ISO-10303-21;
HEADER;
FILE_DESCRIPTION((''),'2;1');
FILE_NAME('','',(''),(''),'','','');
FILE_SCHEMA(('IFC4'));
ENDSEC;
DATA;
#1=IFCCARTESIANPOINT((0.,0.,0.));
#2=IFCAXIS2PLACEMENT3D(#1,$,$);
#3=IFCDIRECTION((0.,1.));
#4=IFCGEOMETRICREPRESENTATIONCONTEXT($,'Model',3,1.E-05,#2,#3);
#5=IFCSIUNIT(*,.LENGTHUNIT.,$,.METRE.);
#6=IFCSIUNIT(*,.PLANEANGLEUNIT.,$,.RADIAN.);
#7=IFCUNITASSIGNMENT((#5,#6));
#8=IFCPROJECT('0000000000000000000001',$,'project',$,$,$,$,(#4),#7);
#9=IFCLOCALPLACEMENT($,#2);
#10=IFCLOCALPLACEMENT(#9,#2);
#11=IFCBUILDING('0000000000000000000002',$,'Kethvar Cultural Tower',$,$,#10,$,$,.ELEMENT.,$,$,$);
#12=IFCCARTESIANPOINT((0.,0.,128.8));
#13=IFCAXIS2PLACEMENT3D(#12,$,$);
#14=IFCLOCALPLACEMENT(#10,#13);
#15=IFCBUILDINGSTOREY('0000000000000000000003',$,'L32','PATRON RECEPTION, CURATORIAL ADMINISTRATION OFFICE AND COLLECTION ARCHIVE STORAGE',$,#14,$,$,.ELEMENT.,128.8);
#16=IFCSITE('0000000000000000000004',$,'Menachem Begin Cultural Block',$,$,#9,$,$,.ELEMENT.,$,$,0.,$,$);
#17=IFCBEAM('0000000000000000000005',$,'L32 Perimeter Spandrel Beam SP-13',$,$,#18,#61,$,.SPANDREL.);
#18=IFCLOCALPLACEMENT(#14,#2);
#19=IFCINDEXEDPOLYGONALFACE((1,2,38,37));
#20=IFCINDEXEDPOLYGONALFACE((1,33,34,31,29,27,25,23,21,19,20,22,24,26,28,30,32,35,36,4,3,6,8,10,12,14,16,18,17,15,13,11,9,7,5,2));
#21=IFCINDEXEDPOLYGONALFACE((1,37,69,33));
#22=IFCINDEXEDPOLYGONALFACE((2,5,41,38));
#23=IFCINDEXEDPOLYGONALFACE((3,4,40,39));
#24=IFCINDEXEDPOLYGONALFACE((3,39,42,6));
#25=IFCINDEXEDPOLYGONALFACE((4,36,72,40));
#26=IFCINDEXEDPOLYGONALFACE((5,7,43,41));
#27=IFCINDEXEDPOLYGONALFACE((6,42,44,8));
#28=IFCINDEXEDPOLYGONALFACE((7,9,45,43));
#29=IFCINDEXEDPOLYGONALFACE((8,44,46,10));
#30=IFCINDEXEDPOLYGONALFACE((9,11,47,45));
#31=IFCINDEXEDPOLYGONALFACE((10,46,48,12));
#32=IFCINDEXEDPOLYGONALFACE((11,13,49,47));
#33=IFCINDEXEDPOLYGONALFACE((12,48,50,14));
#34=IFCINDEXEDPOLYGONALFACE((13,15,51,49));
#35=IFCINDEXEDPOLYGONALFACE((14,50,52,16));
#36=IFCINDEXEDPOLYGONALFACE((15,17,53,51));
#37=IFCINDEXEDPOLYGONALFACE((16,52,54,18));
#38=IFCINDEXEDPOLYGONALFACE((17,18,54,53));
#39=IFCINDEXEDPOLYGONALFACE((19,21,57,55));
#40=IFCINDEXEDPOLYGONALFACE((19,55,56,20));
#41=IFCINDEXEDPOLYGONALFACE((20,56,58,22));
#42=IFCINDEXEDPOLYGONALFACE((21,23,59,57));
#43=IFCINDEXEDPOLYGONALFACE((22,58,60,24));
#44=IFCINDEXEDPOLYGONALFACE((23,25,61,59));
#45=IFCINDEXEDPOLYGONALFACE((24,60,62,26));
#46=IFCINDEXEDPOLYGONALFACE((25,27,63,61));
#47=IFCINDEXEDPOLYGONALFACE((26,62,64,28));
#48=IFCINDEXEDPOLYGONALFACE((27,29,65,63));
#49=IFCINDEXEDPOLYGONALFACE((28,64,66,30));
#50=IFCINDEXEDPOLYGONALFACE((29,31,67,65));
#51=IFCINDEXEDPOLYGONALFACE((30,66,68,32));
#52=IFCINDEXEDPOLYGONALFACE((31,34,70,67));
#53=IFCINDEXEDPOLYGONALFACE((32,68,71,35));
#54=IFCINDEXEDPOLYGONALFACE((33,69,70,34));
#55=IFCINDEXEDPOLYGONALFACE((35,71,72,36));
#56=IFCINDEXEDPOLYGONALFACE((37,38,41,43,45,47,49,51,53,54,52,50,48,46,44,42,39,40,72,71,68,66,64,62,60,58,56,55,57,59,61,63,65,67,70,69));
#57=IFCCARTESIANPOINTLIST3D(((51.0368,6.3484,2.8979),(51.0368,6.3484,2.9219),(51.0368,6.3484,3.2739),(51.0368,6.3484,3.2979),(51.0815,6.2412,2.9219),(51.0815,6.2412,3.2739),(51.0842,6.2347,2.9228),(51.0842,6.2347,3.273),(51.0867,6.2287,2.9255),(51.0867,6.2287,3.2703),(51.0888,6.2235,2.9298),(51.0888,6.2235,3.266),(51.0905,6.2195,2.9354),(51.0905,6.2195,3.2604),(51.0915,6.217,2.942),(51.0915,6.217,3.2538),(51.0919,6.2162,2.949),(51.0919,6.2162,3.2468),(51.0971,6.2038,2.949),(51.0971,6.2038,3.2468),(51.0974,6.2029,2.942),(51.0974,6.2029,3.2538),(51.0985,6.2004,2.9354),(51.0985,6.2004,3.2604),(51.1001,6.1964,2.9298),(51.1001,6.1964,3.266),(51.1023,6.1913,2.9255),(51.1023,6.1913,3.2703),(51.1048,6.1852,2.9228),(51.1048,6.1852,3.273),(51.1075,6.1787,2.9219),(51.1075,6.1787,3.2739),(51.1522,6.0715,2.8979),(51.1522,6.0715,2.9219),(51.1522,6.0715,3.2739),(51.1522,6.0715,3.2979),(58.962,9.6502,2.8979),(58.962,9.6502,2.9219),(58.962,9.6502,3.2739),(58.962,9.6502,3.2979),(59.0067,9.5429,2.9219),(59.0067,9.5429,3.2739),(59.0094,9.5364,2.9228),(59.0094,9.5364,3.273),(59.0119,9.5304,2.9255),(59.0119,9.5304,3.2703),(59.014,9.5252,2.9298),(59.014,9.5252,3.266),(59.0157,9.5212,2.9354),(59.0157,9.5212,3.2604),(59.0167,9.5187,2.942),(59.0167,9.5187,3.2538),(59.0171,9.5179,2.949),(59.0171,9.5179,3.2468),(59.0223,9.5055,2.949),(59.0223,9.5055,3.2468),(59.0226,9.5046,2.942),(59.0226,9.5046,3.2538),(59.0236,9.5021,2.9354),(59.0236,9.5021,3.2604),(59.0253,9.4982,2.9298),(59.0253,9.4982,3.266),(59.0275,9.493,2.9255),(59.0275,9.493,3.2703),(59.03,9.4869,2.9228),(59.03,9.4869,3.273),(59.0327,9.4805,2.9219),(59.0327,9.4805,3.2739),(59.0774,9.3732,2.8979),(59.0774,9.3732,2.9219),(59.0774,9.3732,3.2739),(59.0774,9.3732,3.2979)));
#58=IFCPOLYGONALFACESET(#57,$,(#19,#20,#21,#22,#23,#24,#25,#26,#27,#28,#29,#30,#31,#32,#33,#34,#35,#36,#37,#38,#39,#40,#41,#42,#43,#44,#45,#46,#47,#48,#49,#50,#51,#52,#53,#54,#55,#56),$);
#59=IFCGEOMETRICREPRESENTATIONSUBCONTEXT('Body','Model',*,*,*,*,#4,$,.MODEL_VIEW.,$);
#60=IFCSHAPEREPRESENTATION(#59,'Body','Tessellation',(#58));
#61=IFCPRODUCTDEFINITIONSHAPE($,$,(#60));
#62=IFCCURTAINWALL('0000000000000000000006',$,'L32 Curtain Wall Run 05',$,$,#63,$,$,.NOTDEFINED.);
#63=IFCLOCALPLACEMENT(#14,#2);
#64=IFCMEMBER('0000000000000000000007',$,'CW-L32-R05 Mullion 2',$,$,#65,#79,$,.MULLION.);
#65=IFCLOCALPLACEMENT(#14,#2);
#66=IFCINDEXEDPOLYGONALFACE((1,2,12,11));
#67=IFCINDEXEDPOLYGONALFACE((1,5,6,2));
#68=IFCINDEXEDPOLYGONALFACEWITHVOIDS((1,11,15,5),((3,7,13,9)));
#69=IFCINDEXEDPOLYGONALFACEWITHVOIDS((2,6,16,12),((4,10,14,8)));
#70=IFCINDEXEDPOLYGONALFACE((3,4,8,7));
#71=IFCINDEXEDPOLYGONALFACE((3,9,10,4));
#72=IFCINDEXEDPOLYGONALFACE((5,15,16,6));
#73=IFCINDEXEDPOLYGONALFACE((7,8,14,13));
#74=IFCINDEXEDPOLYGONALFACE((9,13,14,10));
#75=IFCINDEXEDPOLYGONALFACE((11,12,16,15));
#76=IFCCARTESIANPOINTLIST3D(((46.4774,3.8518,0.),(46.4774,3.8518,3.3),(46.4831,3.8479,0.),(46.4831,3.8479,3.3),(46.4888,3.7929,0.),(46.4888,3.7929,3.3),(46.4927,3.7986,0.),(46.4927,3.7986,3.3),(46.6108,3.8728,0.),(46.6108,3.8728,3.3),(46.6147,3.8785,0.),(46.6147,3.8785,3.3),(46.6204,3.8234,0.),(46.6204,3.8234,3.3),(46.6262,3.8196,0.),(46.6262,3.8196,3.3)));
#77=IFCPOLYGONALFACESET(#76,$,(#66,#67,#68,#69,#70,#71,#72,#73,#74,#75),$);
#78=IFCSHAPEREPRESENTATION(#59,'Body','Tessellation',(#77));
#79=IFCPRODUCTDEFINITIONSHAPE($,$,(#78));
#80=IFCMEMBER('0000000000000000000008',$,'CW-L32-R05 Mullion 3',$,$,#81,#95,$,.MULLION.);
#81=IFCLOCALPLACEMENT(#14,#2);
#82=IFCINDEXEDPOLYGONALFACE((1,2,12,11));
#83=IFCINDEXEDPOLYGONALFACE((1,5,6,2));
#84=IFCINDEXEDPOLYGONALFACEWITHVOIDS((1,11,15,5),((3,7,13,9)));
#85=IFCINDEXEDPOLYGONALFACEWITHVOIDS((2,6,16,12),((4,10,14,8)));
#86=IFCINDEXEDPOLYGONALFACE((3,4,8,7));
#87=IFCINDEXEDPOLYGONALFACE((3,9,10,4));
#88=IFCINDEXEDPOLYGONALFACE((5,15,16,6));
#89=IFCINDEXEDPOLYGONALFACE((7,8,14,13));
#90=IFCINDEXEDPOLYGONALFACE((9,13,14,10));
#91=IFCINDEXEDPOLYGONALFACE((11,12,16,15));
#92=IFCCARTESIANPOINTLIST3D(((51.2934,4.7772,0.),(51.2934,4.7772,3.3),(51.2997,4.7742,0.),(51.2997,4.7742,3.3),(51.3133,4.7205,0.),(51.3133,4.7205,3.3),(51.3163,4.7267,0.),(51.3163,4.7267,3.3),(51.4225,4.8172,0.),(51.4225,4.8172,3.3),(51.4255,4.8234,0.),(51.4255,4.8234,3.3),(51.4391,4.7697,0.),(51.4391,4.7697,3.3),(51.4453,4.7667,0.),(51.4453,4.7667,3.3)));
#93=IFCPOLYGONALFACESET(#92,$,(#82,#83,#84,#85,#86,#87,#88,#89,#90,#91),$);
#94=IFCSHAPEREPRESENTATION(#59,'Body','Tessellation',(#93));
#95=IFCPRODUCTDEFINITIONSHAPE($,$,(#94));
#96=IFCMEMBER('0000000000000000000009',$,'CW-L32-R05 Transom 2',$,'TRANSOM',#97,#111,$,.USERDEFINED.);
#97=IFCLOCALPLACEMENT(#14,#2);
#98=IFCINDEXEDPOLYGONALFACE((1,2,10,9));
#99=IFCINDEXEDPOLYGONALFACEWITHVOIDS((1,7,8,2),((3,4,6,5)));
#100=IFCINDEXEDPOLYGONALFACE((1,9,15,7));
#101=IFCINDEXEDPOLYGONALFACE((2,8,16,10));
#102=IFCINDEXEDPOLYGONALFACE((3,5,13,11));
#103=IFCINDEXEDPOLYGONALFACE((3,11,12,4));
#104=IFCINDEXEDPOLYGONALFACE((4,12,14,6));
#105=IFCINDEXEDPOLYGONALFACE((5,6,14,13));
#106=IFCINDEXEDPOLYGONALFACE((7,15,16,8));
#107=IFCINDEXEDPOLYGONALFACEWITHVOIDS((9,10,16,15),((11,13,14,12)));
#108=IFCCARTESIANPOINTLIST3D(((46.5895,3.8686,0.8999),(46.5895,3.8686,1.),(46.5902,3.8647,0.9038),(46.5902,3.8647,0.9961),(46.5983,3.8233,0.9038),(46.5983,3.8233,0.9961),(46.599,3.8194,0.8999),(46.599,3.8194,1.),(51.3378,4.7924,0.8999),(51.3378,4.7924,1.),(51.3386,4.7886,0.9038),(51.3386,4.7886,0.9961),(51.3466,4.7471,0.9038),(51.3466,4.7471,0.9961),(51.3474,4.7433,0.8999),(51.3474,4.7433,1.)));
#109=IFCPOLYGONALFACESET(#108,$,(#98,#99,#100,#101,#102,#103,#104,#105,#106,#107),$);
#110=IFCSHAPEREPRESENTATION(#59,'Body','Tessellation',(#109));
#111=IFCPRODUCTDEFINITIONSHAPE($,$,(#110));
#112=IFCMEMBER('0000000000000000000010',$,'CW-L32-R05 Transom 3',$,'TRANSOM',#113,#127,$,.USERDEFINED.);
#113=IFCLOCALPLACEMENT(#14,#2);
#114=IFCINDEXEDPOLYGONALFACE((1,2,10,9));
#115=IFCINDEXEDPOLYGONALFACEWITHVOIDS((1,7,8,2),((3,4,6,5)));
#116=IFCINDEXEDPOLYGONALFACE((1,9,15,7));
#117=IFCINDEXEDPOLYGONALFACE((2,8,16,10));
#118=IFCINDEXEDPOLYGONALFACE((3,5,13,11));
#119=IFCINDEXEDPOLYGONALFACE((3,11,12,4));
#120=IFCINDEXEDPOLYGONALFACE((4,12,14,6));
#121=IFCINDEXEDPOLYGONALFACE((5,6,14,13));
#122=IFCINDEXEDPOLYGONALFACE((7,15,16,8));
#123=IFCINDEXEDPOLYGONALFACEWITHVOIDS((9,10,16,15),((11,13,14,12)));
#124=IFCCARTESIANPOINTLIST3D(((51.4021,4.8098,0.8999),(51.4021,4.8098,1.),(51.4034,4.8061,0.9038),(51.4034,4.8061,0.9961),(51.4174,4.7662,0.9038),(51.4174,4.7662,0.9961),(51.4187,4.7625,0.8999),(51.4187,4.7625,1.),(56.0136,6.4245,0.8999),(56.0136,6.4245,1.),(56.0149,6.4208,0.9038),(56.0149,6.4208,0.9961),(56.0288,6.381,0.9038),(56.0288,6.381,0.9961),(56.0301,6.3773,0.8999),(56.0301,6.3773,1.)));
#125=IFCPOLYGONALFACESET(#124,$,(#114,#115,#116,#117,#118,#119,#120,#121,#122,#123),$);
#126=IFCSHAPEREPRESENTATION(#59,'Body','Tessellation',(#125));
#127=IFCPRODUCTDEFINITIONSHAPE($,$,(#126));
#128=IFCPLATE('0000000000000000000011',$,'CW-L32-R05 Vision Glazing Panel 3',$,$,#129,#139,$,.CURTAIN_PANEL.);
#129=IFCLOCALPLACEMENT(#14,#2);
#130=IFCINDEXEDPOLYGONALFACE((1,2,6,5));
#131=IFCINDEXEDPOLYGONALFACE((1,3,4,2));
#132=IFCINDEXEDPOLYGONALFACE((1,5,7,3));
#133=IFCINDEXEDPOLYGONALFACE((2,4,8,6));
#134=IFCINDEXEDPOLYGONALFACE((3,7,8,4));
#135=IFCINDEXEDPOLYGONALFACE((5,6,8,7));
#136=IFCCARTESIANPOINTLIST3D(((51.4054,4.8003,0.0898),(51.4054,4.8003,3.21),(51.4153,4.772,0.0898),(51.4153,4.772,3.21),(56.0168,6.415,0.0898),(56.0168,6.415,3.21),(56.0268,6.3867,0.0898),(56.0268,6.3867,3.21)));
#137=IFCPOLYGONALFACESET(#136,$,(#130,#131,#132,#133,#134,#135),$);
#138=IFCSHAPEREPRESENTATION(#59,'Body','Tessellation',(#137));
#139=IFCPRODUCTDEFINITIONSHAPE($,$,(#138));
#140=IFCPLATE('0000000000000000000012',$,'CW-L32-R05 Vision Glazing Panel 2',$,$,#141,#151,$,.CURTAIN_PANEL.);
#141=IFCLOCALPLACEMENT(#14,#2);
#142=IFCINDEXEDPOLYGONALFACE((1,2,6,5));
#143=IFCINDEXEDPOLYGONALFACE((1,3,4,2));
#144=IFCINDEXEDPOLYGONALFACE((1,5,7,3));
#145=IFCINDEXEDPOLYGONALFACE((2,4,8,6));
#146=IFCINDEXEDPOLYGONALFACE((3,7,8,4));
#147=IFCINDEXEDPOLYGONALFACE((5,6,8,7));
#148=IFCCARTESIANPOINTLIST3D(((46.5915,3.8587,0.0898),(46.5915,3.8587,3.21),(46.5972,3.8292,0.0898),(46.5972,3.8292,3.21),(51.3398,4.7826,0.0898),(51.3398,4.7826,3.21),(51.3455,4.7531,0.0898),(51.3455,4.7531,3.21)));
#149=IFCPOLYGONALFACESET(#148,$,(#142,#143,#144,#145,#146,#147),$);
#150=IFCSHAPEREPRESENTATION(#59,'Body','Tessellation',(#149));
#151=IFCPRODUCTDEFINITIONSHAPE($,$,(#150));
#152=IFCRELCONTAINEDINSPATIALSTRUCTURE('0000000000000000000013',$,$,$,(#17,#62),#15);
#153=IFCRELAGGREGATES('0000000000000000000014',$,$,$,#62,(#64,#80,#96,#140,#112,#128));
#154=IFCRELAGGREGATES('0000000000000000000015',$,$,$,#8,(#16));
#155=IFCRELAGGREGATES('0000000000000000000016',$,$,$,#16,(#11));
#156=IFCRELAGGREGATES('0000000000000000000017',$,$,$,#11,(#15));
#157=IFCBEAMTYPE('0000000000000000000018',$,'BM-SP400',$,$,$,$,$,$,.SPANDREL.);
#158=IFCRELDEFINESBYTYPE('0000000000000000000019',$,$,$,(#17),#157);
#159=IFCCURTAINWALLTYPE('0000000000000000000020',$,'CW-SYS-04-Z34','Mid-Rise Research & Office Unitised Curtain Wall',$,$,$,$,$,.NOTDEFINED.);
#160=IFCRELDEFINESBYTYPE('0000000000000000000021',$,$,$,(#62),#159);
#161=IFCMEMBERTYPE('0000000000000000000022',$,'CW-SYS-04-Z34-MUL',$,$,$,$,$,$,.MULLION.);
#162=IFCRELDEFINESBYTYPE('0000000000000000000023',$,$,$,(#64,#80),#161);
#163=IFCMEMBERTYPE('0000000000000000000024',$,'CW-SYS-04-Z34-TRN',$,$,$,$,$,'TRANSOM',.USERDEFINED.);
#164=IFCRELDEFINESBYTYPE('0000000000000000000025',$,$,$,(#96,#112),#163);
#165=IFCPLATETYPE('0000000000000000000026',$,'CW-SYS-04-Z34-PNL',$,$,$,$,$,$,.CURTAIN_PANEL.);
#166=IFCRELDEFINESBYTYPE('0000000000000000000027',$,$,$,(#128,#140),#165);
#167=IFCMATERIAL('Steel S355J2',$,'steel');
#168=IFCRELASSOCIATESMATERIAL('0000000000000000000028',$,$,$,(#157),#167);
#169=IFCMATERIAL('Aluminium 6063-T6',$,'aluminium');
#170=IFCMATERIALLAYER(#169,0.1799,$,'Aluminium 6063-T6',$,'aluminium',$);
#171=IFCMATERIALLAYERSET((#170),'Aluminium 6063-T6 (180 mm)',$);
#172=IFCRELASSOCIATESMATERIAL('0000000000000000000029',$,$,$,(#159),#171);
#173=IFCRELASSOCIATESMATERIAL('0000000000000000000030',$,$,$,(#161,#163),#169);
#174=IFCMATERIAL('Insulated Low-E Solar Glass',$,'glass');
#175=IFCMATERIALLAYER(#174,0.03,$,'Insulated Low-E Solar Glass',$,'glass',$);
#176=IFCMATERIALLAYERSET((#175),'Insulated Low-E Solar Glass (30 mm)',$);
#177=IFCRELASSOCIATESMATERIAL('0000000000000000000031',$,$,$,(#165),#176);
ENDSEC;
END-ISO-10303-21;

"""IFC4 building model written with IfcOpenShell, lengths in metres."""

from ifc_helpers import new_model, si_unit, direction, frame, origin, origin_2d, place, context, subcontext, project, spatial, rectangle, hollow_rectangle, i_section, extrude, source, transform, mapped, material, layer, layer_set, material_profile, profile_set, type_object, element, aggregate, save


model = new_model("IFC4")

# Units and contexts
model_context = context("Model", 3, precision=1e-05, world=origin(), true_north=direction((0.0, 1.0)))
body_context = subcontext(model_context, "Body", "Model", "MODEL_VIEW")
ifc_project = project(units=[si_unit("LENGTHUNIT", "METRE"), si_unit("PLANEANGLEUNIT", "RADIAN")], contexts=[model_context])

# Site, building, storey
site_placement = place(None, origin())
site = spatial("IfcSite", under=ifc_project, at=site_placement, Name="Menachem Begin Cultural Block", CompositionType="ELEMENT", RefElevation=0.0)
building_placement = place(site_placement, origin())
building = spatial("IfcBuilding", under=site, at=building_placement, Name="Kethvar Cultural Tower", CompositionType="ELEMENT")
storey_placement = place(building_placement, frame((0.0, 0.0, 128.8)))
storey = spatial("IfcBuildingStorey", under=building, at=storey_placement, Name="L32", Description="PATRON RECEPTION, CURATORIAL ADMINISTRATION OFFICE AND COLLECTION ARCHIVE STORAGE", CompositionType="ELEMENT", Elevation=128.8)

# Beam
ifc_material_1 = material(Name="Steel S355J2", Category="steel")
ifc_material_profile_1 = material_profile(ifc_material_1, i_section(OverallWidth=0.3, OverallDepth=0.3999, WebThickness=0.0134, FlangeThickness=0.0239, FilletRadius=0.0271, at=origin_2d()), Name="Steel S355J2 — HEB400")
ifc_profile_set_1 = profile_set([ifc_material_profile_1], Name="Steel S355J2 — HEB400")
beam_type_1 = type_object("IfcBeamType", Name="BM-SP400", PredefinedType="SPANDREL", material=ifc_profile_set_1)
shared_shape_1 = source(origin(), body_context, "Body", "SweptSolid", [
    extrude(i_section(OverallWidth=0.3, OverallDepth=0.3999, WebThickness=0.0134, FlangeThickness=0.0239, FilletRadius=0.0271, at=origin_2d()), origin(), (0.0, 0.0, 1.0), 8.5854),
])
beam_1_placement = place(storey_placement, frame((51.0945, 6.21, 3.0979), z_axis=(0.923095, 0.384571, 0.0), x_axis=(-0.384571, 0.923095, 0.0)))
element("IfcBeam", 1, at=beam_1_placement, inside=storey, type_object=beam_type_1, Name="L32 Perimeter Spandrel Beam SP-13", PredefinedType="SPANDREL", context=body_context, shape_type="MappedRepresentation", body=[
    mapped(shared_shape_1, transform((0.0, 0.0, 0.0), scale=1.0)),
])

# Curtain wall, members, plates
ifc_material_2 = material(Name="Aluminium 6063-T6", Category="aluminium")
ifc_layer_1 = layer(ifc_material_2, 0.1799, Name="Aluminium 6063-T6", Category="aluminium")
ifc_layer_set_1 = layer_set([ifc_layer_1], Name="Aluminium 6063-T6 (180 mm)")
curtain_wall_type = type_object("IfcCurtainWallType", Name="CW-SYS-04-Z34", Description="Mid-Rise Research & Office Unitised Curtain Wall", PredefinedType="NOTDEFINED", material=ifc_layer_set_1)
curtain_wall_placement = place(storey_placement, origin())
curtain_wall = element("IfcCurtainWall", 2, at=curtain_wall_placement, inside=storey, type_object=curtain_wall_type, Name="L32 Curtain Wall Run 05", PredefinedType="NOTDEFINED")
ifc_material_profile_2 = material_profile(ifc_material_2, hollow_rectangle(XDim=0.0601, YDim=0.1399, WallThickness=0.0049, at=origin_2d()), Name="Aluminium 6063-T6 — RHS140x60x5")
ifc_profile_set_2 = profile_set([ifc_material_profile_2], Name="Aluminium 6063-T6 — RHS140x60x5")
member_type_1 = type_object("IfcMemberType", Name="CW-SYS-04-Z34-MUL", PredefinedType="MULLION", material=ifc_profile_set_2)
shared_shape_2 = source(origin(), body_context, "Body", "SweptSolid", [
    extrude(hollow_rectangle(XDim=0.0601, YDim=0.1399, WallThickness=0.0049, at=origin_2d()), origin(), (0.0, 0.0, 1.0), 3.3),
])
member_1_placement = place(storey_placement, frame((46.5518, 3.8357, 0.0), z_axis=(0.0, 0.0, 1.0), x_axis=(-0.190997, 0.981591, 0.0)))
member_1 = element("IfcMember", 3, at=member_1_placement, type_object=member_type_1, Name="CW-L32-R05 Mullion 2", PredefinedType="MULLION", context=body_context, shape_type="MappedRepresentation", body=[
    mapped(shared_shape_2, transform((0.0, 0.0, 0.0), scale=1.0)),
])
member_2_placement = place(storey_placement, frame((51.3694, 4.772, 0.0), z_axis=(0.0, 0.0, 1.0), x_axis=(-0.330481, 0.943812, 0.0)))
member_2 = element("IfcMember", 4, at=member_2_placement, type_object=member_type_1, Name="CW-L32-R05 Mullion 3", PredefinedType="MULLION", context=body_context, shape_type="MappedRepresentation", body=[
    mapped(shared_shape_2, transform((0.0, 0.0, 0.0), scale=1.0)),
])
ifc_material_profile_3 = material_profile(ifc_material_2, hollow_rectangle(XDim=0.05, YDim=0.1001, WallThickness=0.0039, at=origin_2d()), Name="Aluminium 6063-T6 — RHS100x50x4")
ifc_profile_set_3 = profile_set([ifc_material_profile_3], Name="Aluminium 6063-T6 — RHS100x50x4")
member_type_2 = type_object("IfcMemberType", Name="CW-SYS-04-Z34-TRN", ElementType="TRANSOM", PredefinedType="USERDEFINED", material=ifc_profile_set_3)
shared_shape_3 = source(origin(), body_context, "Body", "SweptSolid", [
    extrude(hollow_rectangle(XDim=0.05, YDim=0.1001, WallThickness=0.0039, at=origin_2d()), origin(), (0.0, 0.0, 1.0), 4.8374),
])
member_3_placement = place(storey_placement, frame((46.5942, 3.844, 0.95), z_axis=(0.981594, 0.190979, 0.0), x_axis=(-0.190979, 0.981594, 0.0)))
member_3 = element("IfcMember", 5, at=member_3_placement, type_object=member_type_2, Name="CW-L32-R05 Transom 2", ObjectType="TRANSOM", PredefinedType="USERDEFINED", context=body_context, shape_type="MappedRepresentation", body=[
    mapped(shared_shape_3, transform((0.0, 0.0, 0.0), scale=1.0)),
])
shared_shape_4 = source(origin(), body_context, "Body", "SweptSolid", [
    extrude(hollow_rectangle(XDim=0.05, YDim=0.1001, WallThickness=0.0039, at=origin_2d()), origin(), (0.0, 0.0, 1.0), 4.886),
])
member_4_placement = place(storey_placement, frame((51.4104, 4.7861, 0.95), z_axis=(0.943808, 0.330493, 0.0), x_axis=(-0.330493, 0.943808, 0.0)))
member_4 = element("IfcMember", 6, at=member_4_placement, type_object=member_type_2, Name="CW-L32-R05 Transom 3", ObjectType="TRANSOM", PredefinedType="USERDEFINED", context=body_context, shape_type="MappedRepresentation", body=[
    mapped(shared_shape_4, transform((0.0, 0.0, 0.0), scale=1.0)),
])
ifc_material_3 = material(Name="Insulated Low-E Solar Glass", Category="glass")
ifc_layer_2 = layer(ifc_material_3, 0.03, Name="Insulated Low-E Solar Glass", Category="glass")
ifc_layer_set_2 = layer_set([ifc_layer_2], Name="Insulated Low-E Solar Glass (30 mm)")
plate_type = type_object("IfcPlateType", Name="CW-SYS-04-Z34-PNL", PredefinedType="CURTAIN_PANEL", material=ifc_layer_set_2)
shared_shape_5 = source(origin(), body_context, "Body", "SweptSolid", [
    extrude(rectangle(XDim=4.886, YDim=0.03, at=origin_2d()), origin(), (0.0, 0.0, 1.0), 3.1201),
])
plate_1_placement = place(storey_placement, frame((53.7161, 5.5935, 0.0898), z_axis=(0.0, 0.0, 1.0), x_axis=(0.943812, 0.330481, 0.0)))
plate_1 = element("IfcPlate", 7, at=plate_1_placement, type_object=plate_type, Name="CW-L32-R05 Vision Glazing Panel 3", PredefinedType="CURTAIN_PANEL", context=body_context, shape_type="MappedRepresentation", body=[
    mapped(shared_shape_5, transform((0.0, 0.0, 0.0), scale=1.0)),
])
shared_shape_6 = source(origin(), body_context, "Body", "SweptSolid", [
    extrude(rectangle(XDim=4.8374, YDim=0.03, at=origin_2d()), origin(), (0.0, 0.0, 1.0), 3.1201),
])
plate_2_placement = place(storey_placement, frame((48.9685, 4.3059, 0.0898), z_axis=(0.0, 0.0, 1.0), x_axis=(0.981591, 0.190997, 0.0)))
plate_2 = element("IfcPlate", 8, at=plate_2_placement, type_object=plate_type, Name="CW-L32-R05 Vision Glazing Panel 2", PredefinedType="CURTAIN_PANEL", context=body_context, shape_type="MappedRepresentation", body=[
    mapped(shared_shape_6, transform((0.0, 0.0, 0.0), scale=1.0)),
])
aggregate(curtain_wall, [member_1, member_2, member_3, plate_2, member_4, plate_1])

save(model, "model.ifc")
